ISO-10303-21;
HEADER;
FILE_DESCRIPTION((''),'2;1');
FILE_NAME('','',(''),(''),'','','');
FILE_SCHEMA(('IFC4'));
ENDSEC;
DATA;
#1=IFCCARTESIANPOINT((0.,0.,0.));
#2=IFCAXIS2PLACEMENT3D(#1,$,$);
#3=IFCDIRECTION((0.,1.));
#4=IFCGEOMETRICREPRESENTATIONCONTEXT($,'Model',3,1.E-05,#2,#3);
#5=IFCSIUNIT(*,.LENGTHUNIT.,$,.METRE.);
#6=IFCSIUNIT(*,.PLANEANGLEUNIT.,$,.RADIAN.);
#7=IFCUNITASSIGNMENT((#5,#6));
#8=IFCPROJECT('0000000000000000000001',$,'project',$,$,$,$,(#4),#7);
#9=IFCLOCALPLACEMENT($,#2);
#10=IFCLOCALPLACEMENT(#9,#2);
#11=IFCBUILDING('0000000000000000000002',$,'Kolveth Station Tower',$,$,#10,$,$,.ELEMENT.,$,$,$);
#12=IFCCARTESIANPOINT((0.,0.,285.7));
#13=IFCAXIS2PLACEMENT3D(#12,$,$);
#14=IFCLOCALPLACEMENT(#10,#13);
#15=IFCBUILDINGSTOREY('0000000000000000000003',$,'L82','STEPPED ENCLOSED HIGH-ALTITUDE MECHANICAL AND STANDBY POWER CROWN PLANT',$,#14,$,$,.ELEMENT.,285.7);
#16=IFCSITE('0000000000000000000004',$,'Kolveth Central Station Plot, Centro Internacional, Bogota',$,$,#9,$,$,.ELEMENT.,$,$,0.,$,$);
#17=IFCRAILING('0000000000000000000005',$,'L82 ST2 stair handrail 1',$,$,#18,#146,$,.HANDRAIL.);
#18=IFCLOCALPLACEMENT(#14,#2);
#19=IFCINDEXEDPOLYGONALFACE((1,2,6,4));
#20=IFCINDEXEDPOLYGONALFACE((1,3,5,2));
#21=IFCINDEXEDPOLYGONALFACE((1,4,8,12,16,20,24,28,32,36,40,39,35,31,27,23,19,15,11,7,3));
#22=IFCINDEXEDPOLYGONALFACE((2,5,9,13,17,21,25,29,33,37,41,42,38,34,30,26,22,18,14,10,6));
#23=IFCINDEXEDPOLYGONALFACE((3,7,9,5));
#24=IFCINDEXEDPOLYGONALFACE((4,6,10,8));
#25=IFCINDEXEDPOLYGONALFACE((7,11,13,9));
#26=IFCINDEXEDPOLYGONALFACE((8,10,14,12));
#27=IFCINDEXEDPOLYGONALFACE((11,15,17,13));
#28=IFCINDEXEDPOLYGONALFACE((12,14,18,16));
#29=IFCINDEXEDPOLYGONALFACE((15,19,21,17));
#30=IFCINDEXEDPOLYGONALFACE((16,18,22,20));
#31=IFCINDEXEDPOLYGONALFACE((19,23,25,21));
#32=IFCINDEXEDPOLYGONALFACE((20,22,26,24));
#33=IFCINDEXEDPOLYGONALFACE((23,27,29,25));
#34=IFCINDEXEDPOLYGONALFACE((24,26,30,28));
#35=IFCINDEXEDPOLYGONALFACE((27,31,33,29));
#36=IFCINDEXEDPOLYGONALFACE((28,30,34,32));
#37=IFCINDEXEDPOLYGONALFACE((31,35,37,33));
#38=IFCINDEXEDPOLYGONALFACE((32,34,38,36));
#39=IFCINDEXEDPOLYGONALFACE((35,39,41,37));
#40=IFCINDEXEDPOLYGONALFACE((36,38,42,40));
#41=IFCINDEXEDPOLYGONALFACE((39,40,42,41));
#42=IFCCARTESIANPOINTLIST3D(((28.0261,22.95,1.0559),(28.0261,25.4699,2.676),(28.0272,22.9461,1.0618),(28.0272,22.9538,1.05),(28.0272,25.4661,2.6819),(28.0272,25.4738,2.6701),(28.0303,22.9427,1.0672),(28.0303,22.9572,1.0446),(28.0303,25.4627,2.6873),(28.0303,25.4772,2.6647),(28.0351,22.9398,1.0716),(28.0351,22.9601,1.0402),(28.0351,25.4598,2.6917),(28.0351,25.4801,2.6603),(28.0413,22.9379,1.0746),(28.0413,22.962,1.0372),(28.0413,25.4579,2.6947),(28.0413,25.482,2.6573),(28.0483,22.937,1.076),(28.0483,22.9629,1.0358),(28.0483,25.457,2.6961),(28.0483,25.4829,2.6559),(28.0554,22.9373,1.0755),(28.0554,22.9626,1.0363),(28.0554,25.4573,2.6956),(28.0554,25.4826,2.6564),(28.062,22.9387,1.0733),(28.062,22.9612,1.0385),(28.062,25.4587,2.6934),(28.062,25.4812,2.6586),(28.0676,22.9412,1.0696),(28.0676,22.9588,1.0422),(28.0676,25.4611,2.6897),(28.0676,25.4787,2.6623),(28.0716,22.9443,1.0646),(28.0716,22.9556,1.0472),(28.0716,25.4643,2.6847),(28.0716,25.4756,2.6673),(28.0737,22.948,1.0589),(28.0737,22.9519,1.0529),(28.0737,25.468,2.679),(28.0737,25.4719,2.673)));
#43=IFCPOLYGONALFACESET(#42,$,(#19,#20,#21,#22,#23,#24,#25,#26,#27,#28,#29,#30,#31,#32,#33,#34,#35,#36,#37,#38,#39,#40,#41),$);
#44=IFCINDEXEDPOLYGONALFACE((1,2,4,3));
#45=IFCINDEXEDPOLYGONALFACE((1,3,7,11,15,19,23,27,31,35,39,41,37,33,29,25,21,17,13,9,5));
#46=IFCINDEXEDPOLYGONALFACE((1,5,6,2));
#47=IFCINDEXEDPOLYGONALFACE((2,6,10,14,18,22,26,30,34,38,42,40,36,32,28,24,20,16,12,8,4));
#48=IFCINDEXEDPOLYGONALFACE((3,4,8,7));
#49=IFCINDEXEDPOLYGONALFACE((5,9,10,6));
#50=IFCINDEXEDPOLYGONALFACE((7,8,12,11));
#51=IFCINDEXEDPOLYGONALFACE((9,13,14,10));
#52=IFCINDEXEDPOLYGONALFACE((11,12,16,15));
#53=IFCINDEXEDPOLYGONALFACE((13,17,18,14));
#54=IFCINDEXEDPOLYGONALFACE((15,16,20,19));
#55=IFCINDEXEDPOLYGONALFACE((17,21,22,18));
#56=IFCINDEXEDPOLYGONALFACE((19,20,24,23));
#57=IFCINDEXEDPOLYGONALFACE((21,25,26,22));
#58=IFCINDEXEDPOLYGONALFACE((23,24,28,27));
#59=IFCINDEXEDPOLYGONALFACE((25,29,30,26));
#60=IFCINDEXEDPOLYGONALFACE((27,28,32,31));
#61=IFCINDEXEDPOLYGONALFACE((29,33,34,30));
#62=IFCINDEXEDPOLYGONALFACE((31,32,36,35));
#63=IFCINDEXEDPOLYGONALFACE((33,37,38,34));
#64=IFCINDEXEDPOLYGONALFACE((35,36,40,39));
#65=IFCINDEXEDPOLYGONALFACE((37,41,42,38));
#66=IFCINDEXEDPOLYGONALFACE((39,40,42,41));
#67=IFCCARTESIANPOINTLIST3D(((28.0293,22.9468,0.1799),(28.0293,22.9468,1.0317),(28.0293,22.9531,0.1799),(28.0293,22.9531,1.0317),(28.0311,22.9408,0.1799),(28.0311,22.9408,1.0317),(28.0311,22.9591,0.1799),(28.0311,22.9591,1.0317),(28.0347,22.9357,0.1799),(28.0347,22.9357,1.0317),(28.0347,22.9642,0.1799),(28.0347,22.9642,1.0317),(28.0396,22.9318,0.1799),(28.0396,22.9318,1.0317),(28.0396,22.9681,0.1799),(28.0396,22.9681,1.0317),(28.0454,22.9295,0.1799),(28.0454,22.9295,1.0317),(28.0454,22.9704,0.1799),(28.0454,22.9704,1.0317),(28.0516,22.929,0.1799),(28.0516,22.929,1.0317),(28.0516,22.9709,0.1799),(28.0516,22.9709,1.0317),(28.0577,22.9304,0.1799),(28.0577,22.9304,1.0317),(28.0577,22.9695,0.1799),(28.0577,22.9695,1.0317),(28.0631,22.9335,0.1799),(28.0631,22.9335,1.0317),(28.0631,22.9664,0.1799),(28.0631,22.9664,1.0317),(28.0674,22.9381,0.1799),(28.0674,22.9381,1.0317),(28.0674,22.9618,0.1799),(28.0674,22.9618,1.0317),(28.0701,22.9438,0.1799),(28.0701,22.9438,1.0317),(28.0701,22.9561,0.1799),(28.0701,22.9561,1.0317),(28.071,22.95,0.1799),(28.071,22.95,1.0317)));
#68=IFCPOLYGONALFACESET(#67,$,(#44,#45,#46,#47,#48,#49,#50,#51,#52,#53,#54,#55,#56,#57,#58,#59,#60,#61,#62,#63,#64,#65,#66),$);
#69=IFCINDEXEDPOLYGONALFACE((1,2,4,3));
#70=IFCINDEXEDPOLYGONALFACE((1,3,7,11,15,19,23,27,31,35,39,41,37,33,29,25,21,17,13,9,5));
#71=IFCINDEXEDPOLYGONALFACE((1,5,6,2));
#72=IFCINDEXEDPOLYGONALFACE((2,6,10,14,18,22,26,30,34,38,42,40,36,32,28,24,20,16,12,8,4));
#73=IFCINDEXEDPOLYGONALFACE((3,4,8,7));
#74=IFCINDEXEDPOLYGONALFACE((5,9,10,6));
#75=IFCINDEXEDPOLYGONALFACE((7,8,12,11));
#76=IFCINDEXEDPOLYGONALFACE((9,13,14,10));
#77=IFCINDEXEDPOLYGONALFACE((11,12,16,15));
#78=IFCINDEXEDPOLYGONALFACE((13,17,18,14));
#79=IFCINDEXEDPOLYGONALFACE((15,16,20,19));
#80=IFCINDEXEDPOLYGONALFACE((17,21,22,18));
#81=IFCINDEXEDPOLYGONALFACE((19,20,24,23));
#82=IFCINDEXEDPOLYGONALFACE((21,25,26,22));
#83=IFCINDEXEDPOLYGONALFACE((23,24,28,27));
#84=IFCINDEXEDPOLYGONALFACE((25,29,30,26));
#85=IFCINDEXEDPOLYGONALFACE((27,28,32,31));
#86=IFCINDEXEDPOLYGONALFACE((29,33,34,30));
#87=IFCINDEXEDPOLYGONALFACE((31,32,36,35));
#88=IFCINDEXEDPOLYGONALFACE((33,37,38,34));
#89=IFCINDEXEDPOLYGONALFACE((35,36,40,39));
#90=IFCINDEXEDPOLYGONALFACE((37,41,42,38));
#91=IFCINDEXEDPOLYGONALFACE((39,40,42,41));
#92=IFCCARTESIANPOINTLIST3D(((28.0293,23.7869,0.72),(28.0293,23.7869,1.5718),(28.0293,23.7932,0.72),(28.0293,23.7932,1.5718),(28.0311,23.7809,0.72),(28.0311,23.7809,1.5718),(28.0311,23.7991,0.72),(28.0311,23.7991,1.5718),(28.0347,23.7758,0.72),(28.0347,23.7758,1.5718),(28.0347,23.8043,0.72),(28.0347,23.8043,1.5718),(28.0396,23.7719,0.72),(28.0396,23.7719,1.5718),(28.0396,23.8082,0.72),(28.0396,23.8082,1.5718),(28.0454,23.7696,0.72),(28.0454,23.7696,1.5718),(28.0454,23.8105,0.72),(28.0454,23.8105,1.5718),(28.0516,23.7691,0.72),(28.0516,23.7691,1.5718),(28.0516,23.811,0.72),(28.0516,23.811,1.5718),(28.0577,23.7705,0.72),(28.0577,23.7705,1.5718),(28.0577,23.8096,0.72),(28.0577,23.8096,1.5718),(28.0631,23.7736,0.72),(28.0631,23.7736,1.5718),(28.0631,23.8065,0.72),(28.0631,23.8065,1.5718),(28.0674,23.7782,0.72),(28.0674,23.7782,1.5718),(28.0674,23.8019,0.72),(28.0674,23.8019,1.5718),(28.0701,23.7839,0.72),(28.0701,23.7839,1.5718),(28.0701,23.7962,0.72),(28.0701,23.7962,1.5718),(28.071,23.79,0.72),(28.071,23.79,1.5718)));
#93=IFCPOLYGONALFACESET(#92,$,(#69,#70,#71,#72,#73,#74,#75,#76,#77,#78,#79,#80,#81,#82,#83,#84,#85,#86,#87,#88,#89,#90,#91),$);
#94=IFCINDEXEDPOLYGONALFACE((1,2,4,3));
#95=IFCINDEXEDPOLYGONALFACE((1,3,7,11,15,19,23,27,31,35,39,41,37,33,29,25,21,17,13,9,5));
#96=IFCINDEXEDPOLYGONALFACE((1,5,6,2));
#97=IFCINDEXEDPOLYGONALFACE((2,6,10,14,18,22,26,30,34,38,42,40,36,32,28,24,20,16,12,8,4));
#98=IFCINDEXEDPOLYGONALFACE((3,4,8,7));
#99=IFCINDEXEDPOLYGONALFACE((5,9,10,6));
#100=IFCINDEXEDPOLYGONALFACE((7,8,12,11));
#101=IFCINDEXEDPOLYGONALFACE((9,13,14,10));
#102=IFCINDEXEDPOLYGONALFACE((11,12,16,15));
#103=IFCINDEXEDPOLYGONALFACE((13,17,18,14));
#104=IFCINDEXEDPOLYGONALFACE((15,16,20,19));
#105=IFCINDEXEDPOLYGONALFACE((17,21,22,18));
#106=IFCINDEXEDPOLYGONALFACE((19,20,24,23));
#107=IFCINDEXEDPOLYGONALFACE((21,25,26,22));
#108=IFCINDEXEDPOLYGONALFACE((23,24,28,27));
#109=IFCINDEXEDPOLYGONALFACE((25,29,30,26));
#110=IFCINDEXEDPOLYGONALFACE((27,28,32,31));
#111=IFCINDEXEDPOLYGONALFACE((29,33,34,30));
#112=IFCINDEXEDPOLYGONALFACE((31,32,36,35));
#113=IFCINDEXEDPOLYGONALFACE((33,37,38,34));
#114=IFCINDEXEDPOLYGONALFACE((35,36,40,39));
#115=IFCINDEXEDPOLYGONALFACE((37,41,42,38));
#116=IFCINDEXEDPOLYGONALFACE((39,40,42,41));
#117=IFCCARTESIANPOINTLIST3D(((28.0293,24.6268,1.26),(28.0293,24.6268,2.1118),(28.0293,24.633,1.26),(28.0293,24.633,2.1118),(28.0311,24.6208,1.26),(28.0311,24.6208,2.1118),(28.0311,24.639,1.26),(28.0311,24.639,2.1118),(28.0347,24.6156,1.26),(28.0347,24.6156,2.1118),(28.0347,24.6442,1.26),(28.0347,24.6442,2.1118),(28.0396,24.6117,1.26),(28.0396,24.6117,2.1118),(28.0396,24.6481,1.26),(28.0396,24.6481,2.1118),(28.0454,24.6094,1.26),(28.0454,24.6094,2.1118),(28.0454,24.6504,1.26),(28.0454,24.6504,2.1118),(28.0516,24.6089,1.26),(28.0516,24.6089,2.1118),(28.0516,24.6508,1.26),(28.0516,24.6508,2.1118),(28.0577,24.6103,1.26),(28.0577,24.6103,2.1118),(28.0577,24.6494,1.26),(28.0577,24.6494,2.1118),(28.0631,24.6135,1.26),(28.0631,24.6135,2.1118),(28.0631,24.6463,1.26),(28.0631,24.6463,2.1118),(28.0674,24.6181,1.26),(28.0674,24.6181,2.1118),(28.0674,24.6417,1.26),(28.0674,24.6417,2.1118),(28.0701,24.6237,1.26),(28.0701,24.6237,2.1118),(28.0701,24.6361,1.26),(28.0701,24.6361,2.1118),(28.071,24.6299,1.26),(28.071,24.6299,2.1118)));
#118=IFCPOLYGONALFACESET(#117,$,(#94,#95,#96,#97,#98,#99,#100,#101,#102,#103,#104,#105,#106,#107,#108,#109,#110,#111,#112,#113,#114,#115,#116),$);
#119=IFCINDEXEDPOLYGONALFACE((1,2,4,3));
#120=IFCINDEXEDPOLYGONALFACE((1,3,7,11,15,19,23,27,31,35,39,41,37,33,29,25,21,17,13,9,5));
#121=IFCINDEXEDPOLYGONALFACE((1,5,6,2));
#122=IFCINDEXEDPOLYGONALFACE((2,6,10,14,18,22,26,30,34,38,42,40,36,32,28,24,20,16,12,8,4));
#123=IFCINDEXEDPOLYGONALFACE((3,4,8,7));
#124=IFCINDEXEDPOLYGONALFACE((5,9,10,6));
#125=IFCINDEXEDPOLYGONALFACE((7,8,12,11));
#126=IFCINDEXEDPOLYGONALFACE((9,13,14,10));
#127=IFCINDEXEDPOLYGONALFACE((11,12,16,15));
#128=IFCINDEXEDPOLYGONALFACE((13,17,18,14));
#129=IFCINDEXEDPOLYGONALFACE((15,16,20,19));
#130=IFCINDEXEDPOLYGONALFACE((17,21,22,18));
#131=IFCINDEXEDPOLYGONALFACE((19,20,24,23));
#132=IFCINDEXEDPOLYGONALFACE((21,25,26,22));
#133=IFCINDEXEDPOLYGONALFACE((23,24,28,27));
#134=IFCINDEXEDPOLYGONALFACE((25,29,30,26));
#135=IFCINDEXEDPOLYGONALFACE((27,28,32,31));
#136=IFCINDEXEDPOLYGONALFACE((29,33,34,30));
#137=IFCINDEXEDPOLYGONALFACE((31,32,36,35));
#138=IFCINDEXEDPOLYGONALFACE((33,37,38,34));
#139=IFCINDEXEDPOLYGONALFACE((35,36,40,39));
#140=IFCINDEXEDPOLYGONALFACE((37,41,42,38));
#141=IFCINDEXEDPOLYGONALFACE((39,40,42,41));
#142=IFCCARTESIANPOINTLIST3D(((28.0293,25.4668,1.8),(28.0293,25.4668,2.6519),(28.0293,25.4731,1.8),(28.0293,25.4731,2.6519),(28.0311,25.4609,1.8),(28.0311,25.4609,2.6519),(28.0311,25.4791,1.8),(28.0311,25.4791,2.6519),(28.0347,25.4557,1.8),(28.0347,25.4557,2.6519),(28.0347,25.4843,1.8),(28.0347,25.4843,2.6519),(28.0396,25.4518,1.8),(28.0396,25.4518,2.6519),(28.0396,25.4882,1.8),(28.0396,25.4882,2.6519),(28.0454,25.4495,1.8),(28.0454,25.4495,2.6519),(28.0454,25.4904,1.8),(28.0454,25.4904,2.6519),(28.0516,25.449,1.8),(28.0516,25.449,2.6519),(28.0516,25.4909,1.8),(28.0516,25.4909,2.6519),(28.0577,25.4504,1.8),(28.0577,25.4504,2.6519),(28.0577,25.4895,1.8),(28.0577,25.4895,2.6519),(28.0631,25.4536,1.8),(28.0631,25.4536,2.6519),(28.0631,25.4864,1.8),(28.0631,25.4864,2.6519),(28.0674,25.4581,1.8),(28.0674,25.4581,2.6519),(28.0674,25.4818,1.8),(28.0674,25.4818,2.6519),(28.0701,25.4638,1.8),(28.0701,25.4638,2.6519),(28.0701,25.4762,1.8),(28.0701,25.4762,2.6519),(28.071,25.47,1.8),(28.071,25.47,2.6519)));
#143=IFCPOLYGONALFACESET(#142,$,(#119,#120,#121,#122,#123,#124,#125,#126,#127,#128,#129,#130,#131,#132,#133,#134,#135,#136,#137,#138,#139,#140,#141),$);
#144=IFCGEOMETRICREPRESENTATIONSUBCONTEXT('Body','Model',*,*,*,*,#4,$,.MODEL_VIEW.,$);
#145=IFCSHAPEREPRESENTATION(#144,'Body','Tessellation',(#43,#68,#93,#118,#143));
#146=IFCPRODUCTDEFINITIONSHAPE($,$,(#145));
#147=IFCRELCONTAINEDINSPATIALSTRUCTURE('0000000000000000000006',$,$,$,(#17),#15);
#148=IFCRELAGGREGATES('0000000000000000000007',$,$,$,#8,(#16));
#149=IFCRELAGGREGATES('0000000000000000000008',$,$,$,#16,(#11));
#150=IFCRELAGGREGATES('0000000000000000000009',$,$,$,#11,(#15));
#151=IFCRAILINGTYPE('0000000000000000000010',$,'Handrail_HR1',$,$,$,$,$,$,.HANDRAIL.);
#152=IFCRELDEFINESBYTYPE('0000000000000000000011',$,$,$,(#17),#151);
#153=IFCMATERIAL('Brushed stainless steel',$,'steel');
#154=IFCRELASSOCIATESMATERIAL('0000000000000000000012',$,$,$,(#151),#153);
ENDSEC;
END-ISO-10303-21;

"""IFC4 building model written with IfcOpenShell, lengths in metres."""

from ifc_helpers import new_model, si_unit, direction, frame, origin, origin_2d, place, context, subcontext, project, spatial, circle, extrude, material, type_object, element, save


model = new_model("IFC4")

# Units and contexts
model_context = context("Model", 3, precision=1e-05, world=origin(), true_north=direction((0.0, 1.0)))
body_context = subcontext(model_context, "Body", "Model", "MODEL_VIEW")
ifc_project = project(units=[si_unit("LENGTHUNIT", "METRE"), si_unit("PLANEANGLEUNIT", "RADIAN")], contexts=[model_context])

# Site, building, storey
site_placement = place(None, origin())
site = spatial("IfcSite", under=ifc_project, at=site_placement, Name="Kolveth Central Station Plot, Centro Internacional, Bogota", CompositionType="ELEMENT", RefElevation=0.0)
building_placement = place(site_placement, origin())
building = spatial("IfcBuilding", under=site, at=building_placement, Name="Kolveth Station Tower", CompositionType="ELEMENT")
storey_placement = place(building_placement, frame((0.0, 0.0, 285.7)))
storey = spatial("IfcBuildingStorey", under=building, at=storey_placement, Name="L82", Description="STEPPED ENCLOSED HIGH-ALTITUDE MECHANICAL AND STANDBY POWER CROWN PLANT", CompositionType="ELEMENT", Elevation=285.7)

# Railing
ifc_material_1 = material(Name="Brushed stainless steel", Category="steel")
railing_type_1 = type_object("IfcRailingType", Name="Handrail_HR1", PredefinedType="HANDRAIL", material=ifc_material_1)
railing_1_placement = place(storey_placement, frame((28.05, 22.95, 0.1799)))
element("IfcRailing", 1, at=railing_1_placement, inside=storey, type_object=railing_type_1, Name="L82 ST2 stair handrail 1", PredefinedType="HANDRAIL", context=body_context, shape_type="SweptSolid", body=[
    extrude(circle(Radius=0.0239, at=origin_2d()), frame((0.0, 0.0, 0.876), z_axis=(0.0, 0.841163, 0.540782), x_axis=(-1.0, 0.0, 0.0)), (0.0, 0.0, 1.0), 2.9958),
    extrude(circle(Radius=0.021, at=origin_2d()), origin(), (0.0, 0.0, 1.0), 0.8518),
    extrude(circle(Radius=0.021, at=origin_2d()), frame((0.0, 0.8401, 0.54)), (0.0, 0.0, 1.0), 0.8518),
    extrude(circle(Radius=0.021, at=origin_2d()), frame((0.0, 1.6799, 1.0801)), (0.0, 0.0, 1.0), 0.8518),
    extrude(circle(Radius=0.021, at=origin_2d()), frame((0.0, 2.52, 1.6201)), (0.0, 0.0, 1.0), 0.8518),
])

save(model, "model.ifc")
